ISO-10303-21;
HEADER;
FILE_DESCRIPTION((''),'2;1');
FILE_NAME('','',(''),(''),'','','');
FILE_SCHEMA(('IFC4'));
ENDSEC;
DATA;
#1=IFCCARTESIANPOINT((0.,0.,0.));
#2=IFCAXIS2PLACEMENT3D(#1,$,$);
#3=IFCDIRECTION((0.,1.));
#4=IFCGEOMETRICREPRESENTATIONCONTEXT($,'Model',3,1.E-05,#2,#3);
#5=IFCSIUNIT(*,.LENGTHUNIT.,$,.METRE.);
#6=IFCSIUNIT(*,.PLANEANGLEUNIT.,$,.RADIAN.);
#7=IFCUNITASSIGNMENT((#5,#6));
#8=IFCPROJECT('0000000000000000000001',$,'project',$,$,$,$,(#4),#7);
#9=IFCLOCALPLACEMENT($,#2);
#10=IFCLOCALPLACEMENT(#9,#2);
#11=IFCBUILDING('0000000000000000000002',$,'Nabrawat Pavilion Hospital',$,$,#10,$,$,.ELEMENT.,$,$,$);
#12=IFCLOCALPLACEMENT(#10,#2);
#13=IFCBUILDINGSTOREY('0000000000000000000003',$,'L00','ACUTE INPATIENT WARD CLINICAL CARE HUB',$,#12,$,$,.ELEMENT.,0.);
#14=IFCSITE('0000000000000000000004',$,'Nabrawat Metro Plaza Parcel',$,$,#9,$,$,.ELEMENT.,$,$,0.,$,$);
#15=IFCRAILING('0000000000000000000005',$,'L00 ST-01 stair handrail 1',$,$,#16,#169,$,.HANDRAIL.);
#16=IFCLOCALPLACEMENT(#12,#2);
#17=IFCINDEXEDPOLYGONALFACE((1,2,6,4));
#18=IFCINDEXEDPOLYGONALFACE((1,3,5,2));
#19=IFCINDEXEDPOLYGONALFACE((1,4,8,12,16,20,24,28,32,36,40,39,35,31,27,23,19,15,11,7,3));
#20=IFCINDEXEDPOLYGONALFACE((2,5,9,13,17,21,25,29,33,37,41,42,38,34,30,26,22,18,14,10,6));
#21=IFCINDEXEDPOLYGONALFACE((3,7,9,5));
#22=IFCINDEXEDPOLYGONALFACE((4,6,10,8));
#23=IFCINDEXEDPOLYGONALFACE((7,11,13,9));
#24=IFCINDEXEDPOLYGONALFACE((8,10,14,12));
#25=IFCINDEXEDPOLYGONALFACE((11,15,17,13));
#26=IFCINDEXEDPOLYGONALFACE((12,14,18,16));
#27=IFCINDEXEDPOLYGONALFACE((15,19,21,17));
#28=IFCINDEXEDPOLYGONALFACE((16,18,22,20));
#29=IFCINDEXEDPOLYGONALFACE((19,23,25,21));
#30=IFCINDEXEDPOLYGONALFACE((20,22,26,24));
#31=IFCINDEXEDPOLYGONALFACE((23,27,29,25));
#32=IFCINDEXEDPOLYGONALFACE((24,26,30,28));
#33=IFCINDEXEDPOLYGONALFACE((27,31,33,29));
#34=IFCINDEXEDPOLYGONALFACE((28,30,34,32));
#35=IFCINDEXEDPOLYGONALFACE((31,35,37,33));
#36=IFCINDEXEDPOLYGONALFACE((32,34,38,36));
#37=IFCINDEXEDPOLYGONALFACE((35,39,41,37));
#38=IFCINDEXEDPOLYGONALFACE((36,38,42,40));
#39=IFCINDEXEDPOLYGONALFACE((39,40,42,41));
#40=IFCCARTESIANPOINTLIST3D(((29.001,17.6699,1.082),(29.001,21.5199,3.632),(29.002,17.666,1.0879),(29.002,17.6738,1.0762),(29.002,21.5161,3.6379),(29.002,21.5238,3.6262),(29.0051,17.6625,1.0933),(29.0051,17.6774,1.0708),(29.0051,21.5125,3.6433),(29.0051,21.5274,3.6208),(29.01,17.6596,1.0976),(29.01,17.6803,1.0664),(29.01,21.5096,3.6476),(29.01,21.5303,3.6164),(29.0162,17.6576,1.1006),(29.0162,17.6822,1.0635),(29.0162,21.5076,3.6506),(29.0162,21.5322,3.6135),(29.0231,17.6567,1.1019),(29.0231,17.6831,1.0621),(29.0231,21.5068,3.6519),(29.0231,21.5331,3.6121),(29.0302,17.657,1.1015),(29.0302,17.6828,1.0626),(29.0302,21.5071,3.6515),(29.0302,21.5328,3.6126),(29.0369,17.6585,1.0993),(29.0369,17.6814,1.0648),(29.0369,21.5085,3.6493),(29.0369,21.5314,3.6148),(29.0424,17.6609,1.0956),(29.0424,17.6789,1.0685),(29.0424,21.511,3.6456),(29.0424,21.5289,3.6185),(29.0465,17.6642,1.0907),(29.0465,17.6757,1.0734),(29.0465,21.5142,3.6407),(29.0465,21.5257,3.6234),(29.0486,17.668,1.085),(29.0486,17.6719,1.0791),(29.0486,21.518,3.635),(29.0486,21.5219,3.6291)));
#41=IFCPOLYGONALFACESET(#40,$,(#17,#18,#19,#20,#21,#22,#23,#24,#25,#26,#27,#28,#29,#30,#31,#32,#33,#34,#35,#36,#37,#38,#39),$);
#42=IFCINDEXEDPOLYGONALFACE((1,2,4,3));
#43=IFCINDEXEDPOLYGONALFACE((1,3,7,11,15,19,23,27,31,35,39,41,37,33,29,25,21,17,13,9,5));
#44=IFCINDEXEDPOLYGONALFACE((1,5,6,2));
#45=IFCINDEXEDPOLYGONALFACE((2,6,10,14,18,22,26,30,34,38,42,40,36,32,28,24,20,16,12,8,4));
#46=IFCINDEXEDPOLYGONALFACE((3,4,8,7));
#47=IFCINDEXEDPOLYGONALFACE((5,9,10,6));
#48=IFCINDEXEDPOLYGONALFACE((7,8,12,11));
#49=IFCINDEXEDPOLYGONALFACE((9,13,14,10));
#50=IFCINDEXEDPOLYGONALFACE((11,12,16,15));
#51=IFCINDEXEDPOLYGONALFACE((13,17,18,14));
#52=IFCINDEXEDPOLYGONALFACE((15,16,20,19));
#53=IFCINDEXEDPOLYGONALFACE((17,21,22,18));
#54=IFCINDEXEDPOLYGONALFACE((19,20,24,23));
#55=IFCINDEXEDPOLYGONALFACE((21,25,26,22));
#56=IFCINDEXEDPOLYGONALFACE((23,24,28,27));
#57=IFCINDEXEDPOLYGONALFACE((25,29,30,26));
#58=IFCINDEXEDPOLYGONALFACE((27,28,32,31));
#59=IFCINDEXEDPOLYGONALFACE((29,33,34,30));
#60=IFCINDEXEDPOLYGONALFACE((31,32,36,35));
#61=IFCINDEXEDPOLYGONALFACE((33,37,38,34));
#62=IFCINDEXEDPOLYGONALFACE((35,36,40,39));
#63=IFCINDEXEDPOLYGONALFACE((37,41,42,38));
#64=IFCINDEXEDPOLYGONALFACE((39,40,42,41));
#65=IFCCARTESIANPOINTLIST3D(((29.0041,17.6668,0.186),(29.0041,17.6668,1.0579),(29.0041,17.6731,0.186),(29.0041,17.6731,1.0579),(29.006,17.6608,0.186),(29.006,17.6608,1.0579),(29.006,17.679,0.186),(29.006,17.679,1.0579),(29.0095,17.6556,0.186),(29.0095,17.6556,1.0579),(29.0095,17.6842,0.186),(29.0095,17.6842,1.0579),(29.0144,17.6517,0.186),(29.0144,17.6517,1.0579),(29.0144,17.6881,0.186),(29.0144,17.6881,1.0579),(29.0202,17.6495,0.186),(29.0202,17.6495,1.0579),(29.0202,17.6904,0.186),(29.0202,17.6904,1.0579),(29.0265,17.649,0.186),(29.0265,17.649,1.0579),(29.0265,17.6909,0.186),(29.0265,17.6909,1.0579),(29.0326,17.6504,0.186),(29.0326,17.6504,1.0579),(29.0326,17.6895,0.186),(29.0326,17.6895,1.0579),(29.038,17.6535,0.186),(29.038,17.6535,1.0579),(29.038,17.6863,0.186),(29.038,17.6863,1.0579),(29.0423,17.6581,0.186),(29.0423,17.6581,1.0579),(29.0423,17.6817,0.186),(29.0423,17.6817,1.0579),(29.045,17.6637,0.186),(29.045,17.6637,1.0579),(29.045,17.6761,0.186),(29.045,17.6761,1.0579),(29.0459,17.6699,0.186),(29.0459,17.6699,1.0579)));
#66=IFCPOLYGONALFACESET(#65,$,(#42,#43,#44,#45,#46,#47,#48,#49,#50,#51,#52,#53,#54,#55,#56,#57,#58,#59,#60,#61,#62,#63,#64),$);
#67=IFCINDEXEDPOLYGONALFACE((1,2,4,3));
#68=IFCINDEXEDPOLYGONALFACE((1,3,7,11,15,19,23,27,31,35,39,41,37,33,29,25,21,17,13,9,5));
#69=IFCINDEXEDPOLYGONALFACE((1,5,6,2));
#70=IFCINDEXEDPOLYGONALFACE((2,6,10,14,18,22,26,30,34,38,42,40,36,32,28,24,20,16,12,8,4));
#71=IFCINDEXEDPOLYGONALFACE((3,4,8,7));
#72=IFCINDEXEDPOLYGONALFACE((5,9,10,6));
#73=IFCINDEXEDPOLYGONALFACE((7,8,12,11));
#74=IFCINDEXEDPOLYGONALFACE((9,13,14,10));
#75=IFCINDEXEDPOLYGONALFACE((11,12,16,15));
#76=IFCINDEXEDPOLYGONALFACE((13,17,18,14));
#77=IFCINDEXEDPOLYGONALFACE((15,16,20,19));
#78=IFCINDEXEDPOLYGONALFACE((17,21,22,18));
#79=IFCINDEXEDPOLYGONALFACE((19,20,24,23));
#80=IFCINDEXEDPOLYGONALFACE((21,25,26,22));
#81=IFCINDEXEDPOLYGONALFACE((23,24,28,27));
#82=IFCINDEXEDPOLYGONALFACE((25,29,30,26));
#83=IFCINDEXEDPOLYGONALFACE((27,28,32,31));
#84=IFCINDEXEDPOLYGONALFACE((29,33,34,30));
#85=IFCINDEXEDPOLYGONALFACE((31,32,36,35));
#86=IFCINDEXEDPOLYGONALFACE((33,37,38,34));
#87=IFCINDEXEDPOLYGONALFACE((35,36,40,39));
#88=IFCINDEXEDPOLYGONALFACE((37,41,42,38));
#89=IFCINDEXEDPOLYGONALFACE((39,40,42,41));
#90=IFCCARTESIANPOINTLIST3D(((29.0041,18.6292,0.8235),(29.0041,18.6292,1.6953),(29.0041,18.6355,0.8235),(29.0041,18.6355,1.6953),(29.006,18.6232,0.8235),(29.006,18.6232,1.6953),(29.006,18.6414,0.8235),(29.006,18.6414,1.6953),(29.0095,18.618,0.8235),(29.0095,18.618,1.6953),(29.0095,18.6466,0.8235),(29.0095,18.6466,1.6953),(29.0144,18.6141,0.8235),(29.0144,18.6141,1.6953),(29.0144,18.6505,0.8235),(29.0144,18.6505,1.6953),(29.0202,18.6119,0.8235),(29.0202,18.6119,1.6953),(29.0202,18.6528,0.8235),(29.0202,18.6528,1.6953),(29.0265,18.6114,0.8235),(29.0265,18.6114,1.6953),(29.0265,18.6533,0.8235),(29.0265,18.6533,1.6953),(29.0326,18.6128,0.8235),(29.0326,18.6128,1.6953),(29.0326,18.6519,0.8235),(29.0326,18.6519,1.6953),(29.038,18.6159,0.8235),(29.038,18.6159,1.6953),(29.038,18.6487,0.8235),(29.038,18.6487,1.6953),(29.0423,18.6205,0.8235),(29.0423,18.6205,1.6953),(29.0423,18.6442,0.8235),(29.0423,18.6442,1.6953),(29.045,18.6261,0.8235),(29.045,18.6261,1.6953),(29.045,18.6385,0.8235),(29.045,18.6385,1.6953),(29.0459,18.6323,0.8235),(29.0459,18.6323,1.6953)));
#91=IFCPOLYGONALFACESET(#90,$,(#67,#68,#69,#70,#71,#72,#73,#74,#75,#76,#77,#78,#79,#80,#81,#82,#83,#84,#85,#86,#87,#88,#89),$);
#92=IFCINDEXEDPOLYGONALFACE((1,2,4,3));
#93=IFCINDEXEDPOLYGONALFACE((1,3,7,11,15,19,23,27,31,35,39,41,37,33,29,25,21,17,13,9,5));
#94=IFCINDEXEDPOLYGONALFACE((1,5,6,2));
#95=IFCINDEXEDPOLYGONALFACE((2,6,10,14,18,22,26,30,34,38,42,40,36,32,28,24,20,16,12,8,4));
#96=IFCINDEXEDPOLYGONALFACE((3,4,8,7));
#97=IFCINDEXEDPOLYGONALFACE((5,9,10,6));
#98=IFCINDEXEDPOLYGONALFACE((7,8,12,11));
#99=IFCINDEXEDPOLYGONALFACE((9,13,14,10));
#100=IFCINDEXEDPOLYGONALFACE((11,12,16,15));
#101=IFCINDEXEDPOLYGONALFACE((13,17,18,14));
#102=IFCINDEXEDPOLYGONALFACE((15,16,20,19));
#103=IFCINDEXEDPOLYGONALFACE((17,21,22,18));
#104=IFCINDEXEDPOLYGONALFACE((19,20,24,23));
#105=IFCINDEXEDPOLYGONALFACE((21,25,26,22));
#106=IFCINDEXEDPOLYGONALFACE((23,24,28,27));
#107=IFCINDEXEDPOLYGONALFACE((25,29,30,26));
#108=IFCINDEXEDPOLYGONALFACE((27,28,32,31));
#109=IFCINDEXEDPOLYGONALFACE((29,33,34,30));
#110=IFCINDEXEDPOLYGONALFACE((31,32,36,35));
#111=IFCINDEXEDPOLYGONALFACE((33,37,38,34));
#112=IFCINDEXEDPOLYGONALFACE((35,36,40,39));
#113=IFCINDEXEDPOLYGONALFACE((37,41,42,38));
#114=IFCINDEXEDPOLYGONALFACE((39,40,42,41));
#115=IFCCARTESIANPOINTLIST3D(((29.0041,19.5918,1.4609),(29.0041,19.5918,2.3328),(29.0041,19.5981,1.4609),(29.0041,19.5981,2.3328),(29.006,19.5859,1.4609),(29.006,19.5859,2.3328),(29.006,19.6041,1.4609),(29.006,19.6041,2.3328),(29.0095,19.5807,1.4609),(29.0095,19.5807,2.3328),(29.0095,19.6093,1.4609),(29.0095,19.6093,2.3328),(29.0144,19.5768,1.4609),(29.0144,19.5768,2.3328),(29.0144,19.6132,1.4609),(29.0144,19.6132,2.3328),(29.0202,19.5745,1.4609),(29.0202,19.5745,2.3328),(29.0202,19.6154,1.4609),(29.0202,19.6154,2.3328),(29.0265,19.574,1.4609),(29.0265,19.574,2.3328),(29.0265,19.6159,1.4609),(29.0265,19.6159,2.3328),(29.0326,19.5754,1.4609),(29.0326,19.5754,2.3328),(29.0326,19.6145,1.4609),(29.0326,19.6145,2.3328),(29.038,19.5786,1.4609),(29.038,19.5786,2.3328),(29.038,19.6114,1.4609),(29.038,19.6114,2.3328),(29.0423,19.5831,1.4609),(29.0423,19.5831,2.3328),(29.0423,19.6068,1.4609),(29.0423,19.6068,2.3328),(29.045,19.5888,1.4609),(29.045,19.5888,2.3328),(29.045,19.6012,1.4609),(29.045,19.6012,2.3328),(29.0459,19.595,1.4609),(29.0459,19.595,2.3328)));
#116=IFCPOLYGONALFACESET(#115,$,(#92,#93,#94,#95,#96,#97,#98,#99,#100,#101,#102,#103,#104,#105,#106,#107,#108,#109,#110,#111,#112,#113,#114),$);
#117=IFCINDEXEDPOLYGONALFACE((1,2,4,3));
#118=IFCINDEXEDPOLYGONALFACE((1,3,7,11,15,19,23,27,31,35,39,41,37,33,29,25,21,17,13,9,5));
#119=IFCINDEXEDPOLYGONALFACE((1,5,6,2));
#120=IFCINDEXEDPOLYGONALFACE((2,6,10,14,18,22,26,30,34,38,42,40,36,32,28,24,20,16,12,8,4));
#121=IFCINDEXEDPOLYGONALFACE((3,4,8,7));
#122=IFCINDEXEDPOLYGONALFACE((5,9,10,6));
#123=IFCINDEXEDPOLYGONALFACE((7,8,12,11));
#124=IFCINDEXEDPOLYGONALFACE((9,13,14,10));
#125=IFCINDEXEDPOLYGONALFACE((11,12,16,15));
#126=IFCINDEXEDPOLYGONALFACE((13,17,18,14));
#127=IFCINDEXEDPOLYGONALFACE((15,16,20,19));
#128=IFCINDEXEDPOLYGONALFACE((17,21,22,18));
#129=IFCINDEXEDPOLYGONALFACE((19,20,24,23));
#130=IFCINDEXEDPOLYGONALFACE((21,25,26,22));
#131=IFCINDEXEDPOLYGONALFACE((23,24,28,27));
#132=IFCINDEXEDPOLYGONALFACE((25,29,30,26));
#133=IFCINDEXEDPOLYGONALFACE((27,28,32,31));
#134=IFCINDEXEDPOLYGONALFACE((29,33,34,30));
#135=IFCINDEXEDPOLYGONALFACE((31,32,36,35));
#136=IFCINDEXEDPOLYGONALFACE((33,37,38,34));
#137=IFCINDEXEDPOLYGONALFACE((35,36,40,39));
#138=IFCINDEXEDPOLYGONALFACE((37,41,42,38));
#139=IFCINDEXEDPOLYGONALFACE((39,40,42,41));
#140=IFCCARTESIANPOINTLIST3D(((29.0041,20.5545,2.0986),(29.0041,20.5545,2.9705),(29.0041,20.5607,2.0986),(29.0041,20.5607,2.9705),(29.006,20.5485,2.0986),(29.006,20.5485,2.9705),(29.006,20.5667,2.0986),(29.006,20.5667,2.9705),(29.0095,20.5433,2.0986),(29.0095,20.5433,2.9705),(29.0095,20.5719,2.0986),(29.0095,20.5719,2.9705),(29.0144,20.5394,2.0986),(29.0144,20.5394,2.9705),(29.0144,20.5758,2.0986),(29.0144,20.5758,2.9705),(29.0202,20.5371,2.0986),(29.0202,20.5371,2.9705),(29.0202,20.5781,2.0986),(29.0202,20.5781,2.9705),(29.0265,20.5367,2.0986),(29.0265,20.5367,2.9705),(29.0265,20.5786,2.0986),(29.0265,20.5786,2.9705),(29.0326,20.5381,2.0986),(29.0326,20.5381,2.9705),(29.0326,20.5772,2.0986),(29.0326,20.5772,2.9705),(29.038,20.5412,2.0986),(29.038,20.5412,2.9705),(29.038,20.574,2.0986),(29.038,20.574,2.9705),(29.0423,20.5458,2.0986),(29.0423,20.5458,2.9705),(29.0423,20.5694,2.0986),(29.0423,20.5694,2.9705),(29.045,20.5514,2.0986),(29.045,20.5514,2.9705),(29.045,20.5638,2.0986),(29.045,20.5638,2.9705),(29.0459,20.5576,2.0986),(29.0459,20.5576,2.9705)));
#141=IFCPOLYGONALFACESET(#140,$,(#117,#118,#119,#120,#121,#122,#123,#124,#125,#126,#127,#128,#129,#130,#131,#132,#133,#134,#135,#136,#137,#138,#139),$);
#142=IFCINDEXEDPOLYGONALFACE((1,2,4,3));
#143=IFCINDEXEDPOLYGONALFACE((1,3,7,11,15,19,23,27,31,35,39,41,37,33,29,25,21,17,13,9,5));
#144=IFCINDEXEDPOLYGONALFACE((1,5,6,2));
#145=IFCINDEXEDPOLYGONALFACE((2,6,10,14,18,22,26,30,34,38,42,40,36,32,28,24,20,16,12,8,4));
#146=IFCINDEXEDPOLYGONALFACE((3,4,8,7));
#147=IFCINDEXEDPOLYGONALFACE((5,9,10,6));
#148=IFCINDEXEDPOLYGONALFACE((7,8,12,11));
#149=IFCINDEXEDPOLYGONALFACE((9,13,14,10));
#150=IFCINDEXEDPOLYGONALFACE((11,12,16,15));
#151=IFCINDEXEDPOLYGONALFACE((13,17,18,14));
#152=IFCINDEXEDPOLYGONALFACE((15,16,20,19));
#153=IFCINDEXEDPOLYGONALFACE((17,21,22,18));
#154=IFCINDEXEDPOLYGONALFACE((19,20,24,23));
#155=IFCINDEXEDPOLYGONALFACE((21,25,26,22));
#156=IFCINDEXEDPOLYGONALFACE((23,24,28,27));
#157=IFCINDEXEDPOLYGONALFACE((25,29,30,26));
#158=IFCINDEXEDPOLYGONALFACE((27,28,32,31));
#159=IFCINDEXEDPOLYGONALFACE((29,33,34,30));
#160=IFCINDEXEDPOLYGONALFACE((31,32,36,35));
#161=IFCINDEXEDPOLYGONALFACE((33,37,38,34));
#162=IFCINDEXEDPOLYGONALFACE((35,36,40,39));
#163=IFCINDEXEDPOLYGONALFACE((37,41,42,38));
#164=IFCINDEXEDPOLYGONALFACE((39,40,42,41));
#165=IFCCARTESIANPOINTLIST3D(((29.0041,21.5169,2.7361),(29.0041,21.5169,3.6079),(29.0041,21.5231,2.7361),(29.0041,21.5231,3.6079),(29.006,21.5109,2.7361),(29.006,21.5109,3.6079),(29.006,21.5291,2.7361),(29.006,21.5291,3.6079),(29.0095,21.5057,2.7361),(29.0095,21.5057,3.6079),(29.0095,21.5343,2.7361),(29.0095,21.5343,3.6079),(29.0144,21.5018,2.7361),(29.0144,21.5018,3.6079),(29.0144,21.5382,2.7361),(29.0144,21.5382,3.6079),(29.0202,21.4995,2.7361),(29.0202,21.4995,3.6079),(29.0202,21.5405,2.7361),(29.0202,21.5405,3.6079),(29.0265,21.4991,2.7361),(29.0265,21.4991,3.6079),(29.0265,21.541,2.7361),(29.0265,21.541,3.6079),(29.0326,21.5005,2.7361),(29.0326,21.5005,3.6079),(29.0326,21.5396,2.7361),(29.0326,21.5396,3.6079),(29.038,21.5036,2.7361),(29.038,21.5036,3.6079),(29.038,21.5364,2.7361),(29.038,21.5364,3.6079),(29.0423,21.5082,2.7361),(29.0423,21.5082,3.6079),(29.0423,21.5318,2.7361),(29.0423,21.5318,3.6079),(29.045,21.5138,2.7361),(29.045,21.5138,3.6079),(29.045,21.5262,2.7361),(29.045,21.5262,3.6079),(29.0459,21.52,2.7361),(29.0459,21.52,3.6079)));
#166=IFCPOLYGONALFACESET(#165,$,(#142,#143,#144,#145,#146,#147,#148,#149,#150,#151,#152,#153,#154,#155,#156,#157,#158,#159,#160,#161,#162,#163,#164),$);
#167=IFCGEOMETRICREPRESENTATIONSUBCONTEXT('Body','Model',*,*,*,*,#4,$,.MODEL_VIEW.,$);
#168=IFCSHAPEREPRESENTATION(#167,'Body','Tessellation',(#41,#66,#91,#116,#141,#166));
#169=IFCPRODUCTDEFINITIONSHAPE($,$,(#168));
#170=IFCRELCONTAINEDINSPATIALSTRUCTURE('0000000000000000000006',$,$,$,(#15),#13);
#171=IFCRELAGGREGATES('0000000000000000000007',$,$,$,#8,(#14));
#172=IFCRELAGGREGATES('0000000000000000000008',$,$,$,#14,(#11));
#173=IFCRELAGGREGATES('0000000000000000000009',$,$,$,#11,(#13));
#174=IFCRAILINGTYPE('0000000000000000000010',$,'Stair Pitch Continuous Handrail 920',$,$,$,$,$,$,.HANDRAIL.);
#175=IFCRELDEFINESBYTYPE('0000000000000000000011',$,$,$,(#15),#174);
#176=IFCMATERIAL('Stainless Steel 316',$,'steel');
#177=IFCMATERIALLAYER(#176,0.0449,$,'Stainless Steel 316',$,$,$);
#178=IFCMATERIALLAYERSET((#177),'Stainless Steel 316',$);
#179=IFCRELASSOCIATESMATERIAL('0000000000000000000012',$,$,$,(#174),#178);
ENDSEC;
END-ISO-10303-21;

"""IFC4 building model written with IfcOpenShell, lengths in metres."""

from ifc_helpers import new_model, si_unit, direction, frame, origin, origin_2d, place, context, subcontext, project, spatial, circle, extrude, material, layer, layer_set, type_object, element, save


model = new_model("IFC4")

# Units and contexts
model_context = context("Model", 3, precision=1e-05, world=origin(), true_north=direction((0.0, 1.0)))
body_context = subcontext(model_context, "Body", "Model", "MODEL_VIEW")
ifc_project = project(units=[si_unit("LENGTHUNIT", "METRE"), si_unit("PLANEANGLEUNIT", "RADIAN")], contexts=[model_context])

# Site, building, storey
site_placement = place(None, origin())
site = spatial("IfcSite", under=ifc_project, at=site_placement, Name="Nabrawat Metro Plaza Parcel", CompositionType="ELEMENT", RefElevation=0.0)
building_placement = place(site_placement, origin())
building = spatial("IfcBuilding", under=site, at=building_placement, Name="Nabrawat Pavilion Hospital", CompositionType="ELEMENT")
storey_placement = place(building_placement, origin())
storey = spatial("IfcBuildingStorey", under=building, at=storey_placement, Name="L00", Description="ACUTE INPATIENT WARD CLINICAL CARE HUB", CompositionType="ELEMENT", Elevation=0.0)

# Railing
ifc_material_1 = material(Name="Stainless Steel 316", Category="steel")
ifc_layer_1 = layer(ifc_material_1, 0.0449, Name="Stainless Steel 316")
ifc_layer_set_1 = layer_set([ifc_layer_1], Name="Stainless Steel 316")
railing_type_1 = type_object("IfcRailingType", Name="Stair Pitch Continuous Handrail 920", PredefinedType="HANDRAIL", material=ifc_layer_set_1)
railing_1_placement = place(storey_placement, frame((29.0249, 17.6699, 0.186)))
element("IfcRailing", 1, at=railing_1_placement, inside=storey, type_object=railing_type_1, Name="L00 ST-01 stair handrail 1", PredefinedType="HANDRAIL", context=body_context, shape_type="SweptSolid", body=[
    extrude(circle(Radius=0.0239, at=origin_2d()), frame((0.0, 0.0, 0.896), z_axis=(0.0, 0.833714, 0.552197), x_axis=(-1.0, 0.0, 0.0)), (0.0, 0.0, 1.0), 4.6179),
    extrude(circle(Radius=0.021, at=origin_2d()), origin(), (0.0, 0.0, 1.0), 0.8718),
    extrude(circle(Radius=0.021, at=origin_2d()), frame((0.0, 0.9624, 0.6375)), (0.0, 0.0, 1.0), 0.8718),
    extrude(circle(Radius=0.021, at=origin_2d()), frame((0.0, 1.925, 1.2749)), (0.0, 0.0, 1.0), 0.8718),
    extrude(circle(Radius=0.021, at=origin_2d()), frame((0.0, 2.8877, 1.9126)), (0.0, 0.0, 1.0), 0.8718),
    extrude(circle(Radius=0.021, at=origin_2d()), frame((0.0, 3.8501, 2.55)), (0.0, 0.0, 1.0), 0.8718),
])

save(model, "model.ifc")
